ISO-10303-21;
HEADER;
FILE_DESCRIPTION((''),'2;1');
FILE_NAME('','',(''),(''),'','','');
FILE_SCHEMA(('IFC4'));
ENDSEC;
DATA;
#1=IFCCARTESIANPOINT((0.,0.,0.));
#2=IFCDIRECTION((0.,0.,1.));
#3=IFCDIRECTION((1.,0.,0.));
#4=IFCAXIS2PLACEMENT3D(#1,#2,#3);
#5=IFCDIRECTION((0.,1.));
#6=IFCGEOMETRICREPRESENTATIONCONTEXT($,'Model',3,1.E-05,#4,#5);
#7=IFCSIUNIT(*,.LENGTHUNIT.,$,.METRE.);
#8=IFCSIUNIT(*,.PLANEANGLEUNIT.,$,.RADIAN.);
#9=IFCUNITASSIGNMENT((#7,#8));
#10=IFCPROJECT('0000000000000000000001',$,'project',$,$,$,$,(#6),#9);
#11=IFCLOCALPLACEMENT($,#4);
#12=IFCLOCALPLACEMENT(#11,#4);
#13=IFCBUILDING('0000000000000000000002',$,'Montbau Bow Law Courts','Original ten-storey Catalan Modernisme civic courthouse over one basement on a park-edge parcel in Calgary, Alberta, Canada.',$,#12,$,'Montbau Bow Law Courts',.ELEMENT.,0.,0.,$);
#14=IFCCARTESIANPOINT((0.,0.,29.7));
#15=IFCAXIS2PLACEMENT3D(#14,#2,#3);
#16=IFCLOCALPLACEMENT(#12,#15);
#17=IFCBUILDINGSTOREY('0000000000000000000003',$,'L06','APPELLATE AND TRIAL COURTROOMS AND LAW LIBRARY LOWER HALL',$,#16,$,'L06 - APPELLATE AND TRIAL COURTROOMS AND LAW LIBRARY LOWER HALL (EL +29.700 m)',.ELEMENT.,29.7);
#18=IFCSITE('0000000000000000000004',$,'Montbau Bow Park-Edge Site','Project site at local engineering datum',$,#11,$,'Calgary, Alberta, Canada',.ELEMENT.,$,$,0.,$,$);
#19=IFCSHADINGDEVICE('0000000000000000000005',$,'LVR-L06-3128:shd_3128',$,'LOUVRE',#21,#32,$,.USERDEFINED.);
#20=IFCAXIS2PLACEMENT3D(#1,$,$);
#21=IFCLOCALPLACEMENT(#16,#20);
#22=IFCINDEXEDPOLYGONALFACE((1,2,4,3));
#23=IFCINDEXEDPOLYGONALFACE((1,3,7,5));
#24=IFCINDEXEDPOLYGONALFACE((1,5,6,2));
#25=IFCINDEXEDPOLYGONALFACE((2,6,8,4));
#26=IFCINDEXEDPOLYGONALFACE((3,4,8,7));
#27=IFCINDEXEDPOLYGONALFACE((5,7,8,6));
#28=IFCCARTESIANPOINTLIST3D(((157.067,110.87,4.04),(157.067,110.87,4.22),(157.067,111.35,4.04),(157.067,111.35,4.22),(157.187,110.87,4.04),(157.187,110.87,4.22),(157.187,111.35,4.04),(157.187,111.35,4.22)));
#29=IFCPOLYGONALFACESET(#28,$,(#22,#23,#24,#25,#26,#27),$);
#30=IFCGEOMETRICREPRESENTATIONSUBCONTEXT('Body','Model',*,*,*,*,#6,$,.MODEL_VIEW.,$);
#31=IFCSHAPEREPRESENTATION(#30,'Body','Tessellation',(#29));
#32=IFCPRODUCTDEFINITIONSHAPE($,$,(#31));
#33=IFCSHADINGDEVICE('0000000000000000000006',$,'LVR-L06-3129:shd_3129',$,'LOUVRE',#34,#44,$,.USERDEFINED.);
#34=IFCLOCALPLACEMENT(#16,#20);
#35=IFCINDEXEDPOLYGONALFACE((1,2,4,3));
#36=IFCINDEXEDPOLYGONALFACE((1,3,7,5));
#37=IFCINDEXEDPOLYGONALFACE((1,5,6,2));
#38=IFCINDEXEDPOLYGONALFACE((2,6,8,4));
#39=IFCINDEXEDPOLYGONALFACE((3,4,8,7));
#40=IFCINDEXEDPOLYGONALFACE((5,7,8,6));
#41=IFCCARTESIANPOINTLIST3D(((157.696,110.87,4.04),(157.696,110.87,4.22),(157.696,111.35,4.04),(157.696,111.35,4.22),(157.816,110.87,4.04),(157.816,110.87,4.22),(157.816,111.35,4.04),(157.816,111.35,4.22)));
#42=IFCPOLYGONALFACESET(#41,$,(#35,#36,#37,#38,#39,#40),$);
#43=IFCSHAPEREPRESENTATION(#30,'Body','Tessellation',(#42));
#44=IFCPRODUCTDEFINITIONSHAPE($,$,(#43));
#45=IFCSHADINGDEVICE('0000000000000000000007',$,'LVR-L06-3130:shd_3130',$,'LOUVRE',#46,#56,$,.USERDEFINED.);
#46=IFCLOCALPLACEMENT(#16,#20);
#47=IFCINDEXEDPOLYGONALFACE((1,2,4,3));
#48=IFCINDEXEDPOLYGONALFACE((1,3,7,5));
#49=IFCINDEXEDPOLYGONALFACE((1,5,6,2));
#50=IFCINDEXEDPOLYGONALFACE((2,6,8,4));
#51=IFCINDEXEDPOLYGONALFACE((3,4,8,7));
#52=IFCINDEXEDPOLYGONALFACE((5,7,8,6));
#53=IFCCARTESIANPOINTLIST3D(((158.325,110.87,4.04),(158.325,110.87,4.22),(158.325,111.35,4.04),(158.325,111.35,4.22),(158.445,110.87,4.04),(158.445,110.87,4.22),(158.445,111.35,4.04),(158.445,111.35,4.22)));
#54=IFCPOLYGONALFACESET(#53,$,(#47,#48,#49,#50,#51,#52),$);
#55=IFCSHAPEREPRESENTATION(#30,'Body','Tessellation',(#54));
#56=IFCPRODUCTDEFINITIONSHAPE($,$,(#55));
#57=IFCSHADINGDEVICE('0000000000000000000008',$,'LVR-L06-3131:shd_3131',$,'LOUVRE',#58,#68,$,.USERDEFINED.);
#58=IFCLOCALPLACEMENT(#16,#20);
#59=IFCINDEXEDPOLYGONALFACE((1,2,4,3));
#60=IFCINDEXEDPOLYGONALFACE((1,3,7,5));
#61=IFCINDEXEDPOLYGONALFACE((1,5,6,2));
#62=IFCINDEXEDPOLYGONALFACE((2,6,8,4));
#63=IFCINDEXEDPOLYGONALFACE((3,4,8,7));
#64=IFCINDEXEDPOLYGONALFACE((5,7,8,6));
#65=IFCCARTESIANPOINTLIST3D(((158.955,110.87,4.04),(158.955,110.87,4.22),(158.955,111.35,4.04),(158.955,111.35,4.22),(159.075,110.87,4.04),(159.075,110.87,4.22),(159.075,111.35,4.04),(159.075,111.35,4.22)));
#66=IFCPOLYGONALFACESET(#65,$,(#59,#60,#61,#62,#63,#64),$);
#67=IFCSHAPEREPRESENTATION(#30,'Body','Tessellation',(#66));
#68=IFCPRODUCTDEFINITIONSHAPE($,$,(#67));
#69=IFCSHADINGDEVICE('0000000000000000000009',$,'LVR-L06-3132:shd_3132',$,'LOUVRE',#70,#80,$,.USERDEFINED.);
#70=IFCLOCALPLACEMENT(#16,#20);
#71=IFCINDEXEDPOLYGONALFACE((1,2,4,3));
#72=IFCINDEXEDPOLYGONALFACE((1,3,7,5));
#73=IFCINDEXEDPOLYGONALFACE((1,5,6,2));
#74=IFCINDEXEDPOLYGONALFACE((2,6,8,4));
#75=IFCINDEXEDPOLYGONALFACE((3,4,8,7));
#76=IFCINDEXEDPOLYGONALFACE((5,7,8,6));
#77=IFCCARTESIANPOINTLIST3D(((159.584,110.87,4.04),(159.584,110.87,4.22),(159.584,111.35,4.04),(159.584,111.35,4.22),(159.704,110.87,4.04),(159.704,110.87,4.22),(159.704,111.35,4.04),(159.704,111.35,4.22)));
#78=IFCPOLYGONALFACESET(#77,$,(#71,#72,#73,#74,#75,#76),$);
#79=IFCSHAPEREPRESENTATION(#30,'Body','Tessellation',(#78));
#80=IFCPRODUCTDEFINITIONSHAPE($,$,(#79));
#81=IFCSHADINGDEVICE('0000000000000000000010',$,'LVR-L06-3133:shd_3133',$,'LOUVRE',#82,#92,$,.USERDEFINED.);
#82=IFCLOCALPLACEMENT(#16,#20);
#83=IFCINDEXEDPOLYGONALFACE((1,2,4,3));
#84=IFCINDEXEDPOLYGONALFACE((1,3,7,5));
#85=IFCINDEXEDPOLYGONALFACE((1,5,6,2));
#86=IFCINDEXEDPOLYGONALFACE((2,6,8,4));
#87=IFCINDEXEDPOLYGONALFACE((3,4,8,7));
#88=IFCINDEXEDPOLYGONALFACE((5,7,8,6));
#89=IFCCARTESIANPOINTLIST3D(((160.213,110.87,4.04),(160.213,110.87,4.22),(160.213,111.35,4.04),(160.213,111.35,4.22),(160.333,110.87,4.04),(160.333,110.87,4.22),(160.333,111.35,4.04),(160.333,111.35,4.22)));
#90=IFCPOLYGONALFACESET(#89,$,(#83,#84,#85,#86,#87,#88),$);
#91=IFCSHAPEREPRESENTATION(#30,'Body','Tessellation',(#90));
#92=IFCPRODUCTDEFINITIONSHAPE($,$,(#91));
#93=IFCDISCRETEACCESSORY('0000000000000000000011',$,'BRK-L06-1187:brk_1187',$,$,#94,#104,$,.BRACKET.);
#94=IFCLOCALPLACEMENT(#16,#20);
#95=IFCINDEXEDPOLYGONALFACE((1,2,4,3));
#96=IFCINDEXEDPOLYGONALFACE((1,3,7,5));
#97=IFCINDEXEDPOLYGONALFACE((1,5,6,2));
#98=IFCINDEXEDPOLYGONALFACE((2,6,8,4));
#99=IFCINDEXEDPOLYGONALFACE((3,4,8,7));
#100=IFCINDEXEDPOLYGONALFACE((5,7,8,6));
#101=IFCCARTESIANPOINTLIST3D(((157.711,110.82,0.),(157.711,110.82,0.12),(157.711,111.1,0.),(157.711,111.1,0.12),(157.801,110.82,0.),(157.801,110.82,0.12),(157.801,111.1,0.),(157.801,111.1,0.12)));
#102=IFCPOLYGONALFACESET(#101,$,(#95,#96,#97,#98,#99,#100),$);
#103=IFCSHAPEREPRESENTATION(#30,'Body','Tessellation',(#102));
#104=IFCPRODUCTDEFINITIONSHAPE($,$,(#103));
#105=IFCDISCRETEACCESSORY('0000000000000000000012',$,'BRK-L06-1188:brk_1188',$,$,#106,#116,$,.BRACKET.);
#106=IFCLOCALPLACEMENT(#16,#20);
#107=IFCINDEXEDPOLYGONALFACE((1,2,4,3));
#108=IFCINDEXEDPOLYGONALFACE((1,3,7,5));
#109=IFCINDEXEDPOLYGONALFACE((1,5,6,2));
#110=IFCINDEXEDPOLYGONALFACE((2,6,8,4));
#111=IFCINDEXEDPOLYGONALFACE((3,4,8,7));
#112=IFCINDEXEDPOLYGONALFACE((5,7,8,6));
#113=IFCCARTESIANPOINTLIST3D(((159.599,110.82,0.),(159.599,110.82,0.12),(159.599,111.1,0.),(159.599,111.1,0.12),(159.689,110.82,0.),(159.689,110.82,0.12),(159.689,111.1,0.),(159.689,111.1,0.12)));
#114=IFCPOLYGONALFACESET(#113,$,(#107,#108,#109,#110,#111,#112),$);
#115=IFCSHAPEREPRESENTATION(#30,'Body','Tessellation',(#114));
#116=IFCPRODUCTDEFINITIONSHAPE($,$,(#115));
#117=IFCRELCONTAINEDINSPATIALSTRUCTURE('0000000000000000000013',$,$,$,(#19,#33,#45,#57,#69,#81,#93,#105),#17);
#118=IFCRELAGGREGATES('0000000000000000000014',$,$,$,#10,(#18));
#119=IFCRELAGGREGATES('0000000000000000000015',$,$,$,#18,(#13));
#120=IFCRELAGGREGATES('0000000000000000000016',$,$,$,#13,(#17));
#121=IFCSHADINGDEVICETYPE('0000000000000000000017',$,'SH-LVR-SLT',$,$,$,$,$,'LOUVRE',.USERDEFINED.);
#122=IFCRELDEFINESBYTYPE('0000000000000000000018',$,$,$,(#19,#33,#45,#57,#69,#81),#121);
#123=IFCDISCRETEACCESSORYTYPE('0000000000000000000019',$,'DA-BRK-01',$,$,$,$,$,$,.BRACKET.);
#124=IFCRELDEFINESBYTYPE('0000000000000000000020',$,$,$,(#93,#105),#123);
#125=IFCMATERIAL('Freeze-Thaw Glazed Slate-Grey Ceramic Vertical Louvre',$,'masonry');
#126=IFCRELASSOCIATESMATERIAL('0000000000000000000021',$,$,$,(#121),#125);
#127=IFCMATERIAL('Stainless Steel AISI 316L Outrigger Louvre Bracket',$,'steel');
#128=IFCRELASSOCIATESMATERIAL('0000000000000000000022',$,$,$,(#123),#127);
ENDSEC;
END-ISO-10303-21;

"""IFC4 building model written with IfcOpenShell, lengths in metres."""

from ifc_helpers import new_model, si_unit, direction, frame, origin_with_axes, origin_2d_with_axis, place, context, subcontext, project, spatial, rectangle, extrude, material, type_object, element, save


model = new_model("IFC4")

# Units and contexts
model_context = context("Model", 3, precision=1e-05, world=origin_with_axes(), true_north=direction((0.0, 1.0)))
body_context = subcontext(model_context, "Body", "Model", "MODEL_VIEW")
ifc_project = project(units=[si_unit("LENGTHUNIT", "METRE"), si_unit("PLANEANGLEUNIT", "RADIAN")], contexts=[model_context])

# Site, building, storey
site_placement = place(None, origin_with_axes())
site = spatial("IfcSite", under=ifc_project, at=site_placement, Name="Montbau Bow Park-Edge Site", Description="Project site at local engineering datum", LongName="Calgary, Alberta, Canada", CompositionType="ELEMENT", RefElevation=0.0)
building_placement = place(site_placement, origin_with_axes())
building = spatial("IfcBuilding", under=site, at=building_placement, Name="Montbau Bow Law Courts", Description="Original ten-storey Catalan Modernisme civic courthouse over one basement on a park-edge parcel in Calgary, Alberta, Canada.", LongName="Montbau Bow Law Courts", CompositionType="ELEMENT", ElevationOfRefHeight=0.0, ElevationOfTerrain=0.0)
storey_placement = place(building_placement, frame((0.0, 0.0, 29.7), z_axis=(0.0, 0.0, 1.0), x_axis=(1.0, 0.0, 0.0)))
storey = spatial("IfcBuildingStorey", under=building, at=storey_placement, Name="L06", Description="APPELLATE AND TRIAL COURTROOMS AND LAW LIBRARY LOWER HALL", LongName="L06 - APPELLATE AND TRIAL COURTROOMS AND LAW LIBRARY LOWER HALL (EL +29.700 m)", CompositionType="ELEMENT", Elevation=29.7)

# Shared definitions
ifc_material_1 = material(Name="Freeze-Thaw Glazed Slate-Grey Ceramic Vertical Louvre", Category="masonry")

# Shading devices
shading_device_type = type_object("IfcShadingDeviceType", Name="SH-LVR-SLT", ElementType="LOUVRE", PredefinedType="USERDEFINED", material=ifc_material_1)
for number, where, z_axis, x_axis, name in (
    (1, (157.127, 111.11, 33.74), (0.0, 0.0, 1.0), (0.0, 1.0, 0.0), "LVR-L06-3128:shd_3128"),
    (2, (157.756, 111.11, 33.74), (0.0, 0.0, 1.0), (0.0, 1.0, 0.0), "LVR-L06-3129:shd_3129"),
    (3, (158.385, 111.11, 33.74), (0.0, 0.0, 1.0), (0.0, 1.0, 0.0), "LVR-L06-3130:shd_3130"),
    (4, (159.015, 111.11, 33.74), (0.0, 0.0, 1.0), (0.0, 1.0, 0.0), "LVR-L06-3131:shd_3131"),
    (5, (159.644, 111.11, 33.74), (0.0, 0.0, 1.0), (0.0, 1.0, 0.0), "LVR-L06-3132:shd_3132"),
    (6, (160.273, 111.11, 33.74), (0.0, 0.0, 1.0), (0.0, 1.0, 0.0), "LVR-L06-3133:shd_3133"),
):
    element("IfcShadingDevice", number, at=place(None, frame(where, z_axis=z_axis, x_axis=x_axis)), inside=storey, type_object=shading_device_type, Name=name, ObjectType="LOUVRE", PredefinedType="USERDEFINED", context=body_context, shape_type="SweptSolid", body=[
        extrude(rectangle(XDim=0.48, YDim=0.12, at=origin_2d_with_axis()), origin_with_axes(), (0.0, 0.0, 1.0), 0.18),
    ])

# Discrete accessories
ifc_material_2 = material(Name="Stainless Steel AISI 316L Outrigger Louvre Bracket", Category="steel")
discrete_accessory_type = type_object("IfcDiscreteAccessoryType", Name="DA-BRK-01", PredefinedType="BRACKET", material=ifc_material_2)
for number, where, z_axis, x_axis, name in (
    (7, (157.756, 110.96, 29.7), (0.0, 0.0, 1.0), (0.0, 1.0, 0.0), "BRK-L06-1187:brk_1187"),
    (8, (159.644, 110.96, 29.7), (0.0, 0.0, 1.0), (0.0, 1.0, 0.0), "BRK-L06-1188:brk_1188"),
):
    element("IfcDiscreteAccessory", number, at=place(None, frame(where, z_axis=z_axis, x_axis=x_axis)), inside=storey, type_object=discrete_accessory_type, Name=name, PredefinedType="BRACKET", context=body_context, shape_type="SweptSolid", body=[
        extrude(rectangle(XDim=0.28, YDim=0.09, at=origin_2d_with_axis()), origin_with_axes(), (0.0, 0.0, 1.0), 0.12),
    ])

save(model, "model.ifc")
